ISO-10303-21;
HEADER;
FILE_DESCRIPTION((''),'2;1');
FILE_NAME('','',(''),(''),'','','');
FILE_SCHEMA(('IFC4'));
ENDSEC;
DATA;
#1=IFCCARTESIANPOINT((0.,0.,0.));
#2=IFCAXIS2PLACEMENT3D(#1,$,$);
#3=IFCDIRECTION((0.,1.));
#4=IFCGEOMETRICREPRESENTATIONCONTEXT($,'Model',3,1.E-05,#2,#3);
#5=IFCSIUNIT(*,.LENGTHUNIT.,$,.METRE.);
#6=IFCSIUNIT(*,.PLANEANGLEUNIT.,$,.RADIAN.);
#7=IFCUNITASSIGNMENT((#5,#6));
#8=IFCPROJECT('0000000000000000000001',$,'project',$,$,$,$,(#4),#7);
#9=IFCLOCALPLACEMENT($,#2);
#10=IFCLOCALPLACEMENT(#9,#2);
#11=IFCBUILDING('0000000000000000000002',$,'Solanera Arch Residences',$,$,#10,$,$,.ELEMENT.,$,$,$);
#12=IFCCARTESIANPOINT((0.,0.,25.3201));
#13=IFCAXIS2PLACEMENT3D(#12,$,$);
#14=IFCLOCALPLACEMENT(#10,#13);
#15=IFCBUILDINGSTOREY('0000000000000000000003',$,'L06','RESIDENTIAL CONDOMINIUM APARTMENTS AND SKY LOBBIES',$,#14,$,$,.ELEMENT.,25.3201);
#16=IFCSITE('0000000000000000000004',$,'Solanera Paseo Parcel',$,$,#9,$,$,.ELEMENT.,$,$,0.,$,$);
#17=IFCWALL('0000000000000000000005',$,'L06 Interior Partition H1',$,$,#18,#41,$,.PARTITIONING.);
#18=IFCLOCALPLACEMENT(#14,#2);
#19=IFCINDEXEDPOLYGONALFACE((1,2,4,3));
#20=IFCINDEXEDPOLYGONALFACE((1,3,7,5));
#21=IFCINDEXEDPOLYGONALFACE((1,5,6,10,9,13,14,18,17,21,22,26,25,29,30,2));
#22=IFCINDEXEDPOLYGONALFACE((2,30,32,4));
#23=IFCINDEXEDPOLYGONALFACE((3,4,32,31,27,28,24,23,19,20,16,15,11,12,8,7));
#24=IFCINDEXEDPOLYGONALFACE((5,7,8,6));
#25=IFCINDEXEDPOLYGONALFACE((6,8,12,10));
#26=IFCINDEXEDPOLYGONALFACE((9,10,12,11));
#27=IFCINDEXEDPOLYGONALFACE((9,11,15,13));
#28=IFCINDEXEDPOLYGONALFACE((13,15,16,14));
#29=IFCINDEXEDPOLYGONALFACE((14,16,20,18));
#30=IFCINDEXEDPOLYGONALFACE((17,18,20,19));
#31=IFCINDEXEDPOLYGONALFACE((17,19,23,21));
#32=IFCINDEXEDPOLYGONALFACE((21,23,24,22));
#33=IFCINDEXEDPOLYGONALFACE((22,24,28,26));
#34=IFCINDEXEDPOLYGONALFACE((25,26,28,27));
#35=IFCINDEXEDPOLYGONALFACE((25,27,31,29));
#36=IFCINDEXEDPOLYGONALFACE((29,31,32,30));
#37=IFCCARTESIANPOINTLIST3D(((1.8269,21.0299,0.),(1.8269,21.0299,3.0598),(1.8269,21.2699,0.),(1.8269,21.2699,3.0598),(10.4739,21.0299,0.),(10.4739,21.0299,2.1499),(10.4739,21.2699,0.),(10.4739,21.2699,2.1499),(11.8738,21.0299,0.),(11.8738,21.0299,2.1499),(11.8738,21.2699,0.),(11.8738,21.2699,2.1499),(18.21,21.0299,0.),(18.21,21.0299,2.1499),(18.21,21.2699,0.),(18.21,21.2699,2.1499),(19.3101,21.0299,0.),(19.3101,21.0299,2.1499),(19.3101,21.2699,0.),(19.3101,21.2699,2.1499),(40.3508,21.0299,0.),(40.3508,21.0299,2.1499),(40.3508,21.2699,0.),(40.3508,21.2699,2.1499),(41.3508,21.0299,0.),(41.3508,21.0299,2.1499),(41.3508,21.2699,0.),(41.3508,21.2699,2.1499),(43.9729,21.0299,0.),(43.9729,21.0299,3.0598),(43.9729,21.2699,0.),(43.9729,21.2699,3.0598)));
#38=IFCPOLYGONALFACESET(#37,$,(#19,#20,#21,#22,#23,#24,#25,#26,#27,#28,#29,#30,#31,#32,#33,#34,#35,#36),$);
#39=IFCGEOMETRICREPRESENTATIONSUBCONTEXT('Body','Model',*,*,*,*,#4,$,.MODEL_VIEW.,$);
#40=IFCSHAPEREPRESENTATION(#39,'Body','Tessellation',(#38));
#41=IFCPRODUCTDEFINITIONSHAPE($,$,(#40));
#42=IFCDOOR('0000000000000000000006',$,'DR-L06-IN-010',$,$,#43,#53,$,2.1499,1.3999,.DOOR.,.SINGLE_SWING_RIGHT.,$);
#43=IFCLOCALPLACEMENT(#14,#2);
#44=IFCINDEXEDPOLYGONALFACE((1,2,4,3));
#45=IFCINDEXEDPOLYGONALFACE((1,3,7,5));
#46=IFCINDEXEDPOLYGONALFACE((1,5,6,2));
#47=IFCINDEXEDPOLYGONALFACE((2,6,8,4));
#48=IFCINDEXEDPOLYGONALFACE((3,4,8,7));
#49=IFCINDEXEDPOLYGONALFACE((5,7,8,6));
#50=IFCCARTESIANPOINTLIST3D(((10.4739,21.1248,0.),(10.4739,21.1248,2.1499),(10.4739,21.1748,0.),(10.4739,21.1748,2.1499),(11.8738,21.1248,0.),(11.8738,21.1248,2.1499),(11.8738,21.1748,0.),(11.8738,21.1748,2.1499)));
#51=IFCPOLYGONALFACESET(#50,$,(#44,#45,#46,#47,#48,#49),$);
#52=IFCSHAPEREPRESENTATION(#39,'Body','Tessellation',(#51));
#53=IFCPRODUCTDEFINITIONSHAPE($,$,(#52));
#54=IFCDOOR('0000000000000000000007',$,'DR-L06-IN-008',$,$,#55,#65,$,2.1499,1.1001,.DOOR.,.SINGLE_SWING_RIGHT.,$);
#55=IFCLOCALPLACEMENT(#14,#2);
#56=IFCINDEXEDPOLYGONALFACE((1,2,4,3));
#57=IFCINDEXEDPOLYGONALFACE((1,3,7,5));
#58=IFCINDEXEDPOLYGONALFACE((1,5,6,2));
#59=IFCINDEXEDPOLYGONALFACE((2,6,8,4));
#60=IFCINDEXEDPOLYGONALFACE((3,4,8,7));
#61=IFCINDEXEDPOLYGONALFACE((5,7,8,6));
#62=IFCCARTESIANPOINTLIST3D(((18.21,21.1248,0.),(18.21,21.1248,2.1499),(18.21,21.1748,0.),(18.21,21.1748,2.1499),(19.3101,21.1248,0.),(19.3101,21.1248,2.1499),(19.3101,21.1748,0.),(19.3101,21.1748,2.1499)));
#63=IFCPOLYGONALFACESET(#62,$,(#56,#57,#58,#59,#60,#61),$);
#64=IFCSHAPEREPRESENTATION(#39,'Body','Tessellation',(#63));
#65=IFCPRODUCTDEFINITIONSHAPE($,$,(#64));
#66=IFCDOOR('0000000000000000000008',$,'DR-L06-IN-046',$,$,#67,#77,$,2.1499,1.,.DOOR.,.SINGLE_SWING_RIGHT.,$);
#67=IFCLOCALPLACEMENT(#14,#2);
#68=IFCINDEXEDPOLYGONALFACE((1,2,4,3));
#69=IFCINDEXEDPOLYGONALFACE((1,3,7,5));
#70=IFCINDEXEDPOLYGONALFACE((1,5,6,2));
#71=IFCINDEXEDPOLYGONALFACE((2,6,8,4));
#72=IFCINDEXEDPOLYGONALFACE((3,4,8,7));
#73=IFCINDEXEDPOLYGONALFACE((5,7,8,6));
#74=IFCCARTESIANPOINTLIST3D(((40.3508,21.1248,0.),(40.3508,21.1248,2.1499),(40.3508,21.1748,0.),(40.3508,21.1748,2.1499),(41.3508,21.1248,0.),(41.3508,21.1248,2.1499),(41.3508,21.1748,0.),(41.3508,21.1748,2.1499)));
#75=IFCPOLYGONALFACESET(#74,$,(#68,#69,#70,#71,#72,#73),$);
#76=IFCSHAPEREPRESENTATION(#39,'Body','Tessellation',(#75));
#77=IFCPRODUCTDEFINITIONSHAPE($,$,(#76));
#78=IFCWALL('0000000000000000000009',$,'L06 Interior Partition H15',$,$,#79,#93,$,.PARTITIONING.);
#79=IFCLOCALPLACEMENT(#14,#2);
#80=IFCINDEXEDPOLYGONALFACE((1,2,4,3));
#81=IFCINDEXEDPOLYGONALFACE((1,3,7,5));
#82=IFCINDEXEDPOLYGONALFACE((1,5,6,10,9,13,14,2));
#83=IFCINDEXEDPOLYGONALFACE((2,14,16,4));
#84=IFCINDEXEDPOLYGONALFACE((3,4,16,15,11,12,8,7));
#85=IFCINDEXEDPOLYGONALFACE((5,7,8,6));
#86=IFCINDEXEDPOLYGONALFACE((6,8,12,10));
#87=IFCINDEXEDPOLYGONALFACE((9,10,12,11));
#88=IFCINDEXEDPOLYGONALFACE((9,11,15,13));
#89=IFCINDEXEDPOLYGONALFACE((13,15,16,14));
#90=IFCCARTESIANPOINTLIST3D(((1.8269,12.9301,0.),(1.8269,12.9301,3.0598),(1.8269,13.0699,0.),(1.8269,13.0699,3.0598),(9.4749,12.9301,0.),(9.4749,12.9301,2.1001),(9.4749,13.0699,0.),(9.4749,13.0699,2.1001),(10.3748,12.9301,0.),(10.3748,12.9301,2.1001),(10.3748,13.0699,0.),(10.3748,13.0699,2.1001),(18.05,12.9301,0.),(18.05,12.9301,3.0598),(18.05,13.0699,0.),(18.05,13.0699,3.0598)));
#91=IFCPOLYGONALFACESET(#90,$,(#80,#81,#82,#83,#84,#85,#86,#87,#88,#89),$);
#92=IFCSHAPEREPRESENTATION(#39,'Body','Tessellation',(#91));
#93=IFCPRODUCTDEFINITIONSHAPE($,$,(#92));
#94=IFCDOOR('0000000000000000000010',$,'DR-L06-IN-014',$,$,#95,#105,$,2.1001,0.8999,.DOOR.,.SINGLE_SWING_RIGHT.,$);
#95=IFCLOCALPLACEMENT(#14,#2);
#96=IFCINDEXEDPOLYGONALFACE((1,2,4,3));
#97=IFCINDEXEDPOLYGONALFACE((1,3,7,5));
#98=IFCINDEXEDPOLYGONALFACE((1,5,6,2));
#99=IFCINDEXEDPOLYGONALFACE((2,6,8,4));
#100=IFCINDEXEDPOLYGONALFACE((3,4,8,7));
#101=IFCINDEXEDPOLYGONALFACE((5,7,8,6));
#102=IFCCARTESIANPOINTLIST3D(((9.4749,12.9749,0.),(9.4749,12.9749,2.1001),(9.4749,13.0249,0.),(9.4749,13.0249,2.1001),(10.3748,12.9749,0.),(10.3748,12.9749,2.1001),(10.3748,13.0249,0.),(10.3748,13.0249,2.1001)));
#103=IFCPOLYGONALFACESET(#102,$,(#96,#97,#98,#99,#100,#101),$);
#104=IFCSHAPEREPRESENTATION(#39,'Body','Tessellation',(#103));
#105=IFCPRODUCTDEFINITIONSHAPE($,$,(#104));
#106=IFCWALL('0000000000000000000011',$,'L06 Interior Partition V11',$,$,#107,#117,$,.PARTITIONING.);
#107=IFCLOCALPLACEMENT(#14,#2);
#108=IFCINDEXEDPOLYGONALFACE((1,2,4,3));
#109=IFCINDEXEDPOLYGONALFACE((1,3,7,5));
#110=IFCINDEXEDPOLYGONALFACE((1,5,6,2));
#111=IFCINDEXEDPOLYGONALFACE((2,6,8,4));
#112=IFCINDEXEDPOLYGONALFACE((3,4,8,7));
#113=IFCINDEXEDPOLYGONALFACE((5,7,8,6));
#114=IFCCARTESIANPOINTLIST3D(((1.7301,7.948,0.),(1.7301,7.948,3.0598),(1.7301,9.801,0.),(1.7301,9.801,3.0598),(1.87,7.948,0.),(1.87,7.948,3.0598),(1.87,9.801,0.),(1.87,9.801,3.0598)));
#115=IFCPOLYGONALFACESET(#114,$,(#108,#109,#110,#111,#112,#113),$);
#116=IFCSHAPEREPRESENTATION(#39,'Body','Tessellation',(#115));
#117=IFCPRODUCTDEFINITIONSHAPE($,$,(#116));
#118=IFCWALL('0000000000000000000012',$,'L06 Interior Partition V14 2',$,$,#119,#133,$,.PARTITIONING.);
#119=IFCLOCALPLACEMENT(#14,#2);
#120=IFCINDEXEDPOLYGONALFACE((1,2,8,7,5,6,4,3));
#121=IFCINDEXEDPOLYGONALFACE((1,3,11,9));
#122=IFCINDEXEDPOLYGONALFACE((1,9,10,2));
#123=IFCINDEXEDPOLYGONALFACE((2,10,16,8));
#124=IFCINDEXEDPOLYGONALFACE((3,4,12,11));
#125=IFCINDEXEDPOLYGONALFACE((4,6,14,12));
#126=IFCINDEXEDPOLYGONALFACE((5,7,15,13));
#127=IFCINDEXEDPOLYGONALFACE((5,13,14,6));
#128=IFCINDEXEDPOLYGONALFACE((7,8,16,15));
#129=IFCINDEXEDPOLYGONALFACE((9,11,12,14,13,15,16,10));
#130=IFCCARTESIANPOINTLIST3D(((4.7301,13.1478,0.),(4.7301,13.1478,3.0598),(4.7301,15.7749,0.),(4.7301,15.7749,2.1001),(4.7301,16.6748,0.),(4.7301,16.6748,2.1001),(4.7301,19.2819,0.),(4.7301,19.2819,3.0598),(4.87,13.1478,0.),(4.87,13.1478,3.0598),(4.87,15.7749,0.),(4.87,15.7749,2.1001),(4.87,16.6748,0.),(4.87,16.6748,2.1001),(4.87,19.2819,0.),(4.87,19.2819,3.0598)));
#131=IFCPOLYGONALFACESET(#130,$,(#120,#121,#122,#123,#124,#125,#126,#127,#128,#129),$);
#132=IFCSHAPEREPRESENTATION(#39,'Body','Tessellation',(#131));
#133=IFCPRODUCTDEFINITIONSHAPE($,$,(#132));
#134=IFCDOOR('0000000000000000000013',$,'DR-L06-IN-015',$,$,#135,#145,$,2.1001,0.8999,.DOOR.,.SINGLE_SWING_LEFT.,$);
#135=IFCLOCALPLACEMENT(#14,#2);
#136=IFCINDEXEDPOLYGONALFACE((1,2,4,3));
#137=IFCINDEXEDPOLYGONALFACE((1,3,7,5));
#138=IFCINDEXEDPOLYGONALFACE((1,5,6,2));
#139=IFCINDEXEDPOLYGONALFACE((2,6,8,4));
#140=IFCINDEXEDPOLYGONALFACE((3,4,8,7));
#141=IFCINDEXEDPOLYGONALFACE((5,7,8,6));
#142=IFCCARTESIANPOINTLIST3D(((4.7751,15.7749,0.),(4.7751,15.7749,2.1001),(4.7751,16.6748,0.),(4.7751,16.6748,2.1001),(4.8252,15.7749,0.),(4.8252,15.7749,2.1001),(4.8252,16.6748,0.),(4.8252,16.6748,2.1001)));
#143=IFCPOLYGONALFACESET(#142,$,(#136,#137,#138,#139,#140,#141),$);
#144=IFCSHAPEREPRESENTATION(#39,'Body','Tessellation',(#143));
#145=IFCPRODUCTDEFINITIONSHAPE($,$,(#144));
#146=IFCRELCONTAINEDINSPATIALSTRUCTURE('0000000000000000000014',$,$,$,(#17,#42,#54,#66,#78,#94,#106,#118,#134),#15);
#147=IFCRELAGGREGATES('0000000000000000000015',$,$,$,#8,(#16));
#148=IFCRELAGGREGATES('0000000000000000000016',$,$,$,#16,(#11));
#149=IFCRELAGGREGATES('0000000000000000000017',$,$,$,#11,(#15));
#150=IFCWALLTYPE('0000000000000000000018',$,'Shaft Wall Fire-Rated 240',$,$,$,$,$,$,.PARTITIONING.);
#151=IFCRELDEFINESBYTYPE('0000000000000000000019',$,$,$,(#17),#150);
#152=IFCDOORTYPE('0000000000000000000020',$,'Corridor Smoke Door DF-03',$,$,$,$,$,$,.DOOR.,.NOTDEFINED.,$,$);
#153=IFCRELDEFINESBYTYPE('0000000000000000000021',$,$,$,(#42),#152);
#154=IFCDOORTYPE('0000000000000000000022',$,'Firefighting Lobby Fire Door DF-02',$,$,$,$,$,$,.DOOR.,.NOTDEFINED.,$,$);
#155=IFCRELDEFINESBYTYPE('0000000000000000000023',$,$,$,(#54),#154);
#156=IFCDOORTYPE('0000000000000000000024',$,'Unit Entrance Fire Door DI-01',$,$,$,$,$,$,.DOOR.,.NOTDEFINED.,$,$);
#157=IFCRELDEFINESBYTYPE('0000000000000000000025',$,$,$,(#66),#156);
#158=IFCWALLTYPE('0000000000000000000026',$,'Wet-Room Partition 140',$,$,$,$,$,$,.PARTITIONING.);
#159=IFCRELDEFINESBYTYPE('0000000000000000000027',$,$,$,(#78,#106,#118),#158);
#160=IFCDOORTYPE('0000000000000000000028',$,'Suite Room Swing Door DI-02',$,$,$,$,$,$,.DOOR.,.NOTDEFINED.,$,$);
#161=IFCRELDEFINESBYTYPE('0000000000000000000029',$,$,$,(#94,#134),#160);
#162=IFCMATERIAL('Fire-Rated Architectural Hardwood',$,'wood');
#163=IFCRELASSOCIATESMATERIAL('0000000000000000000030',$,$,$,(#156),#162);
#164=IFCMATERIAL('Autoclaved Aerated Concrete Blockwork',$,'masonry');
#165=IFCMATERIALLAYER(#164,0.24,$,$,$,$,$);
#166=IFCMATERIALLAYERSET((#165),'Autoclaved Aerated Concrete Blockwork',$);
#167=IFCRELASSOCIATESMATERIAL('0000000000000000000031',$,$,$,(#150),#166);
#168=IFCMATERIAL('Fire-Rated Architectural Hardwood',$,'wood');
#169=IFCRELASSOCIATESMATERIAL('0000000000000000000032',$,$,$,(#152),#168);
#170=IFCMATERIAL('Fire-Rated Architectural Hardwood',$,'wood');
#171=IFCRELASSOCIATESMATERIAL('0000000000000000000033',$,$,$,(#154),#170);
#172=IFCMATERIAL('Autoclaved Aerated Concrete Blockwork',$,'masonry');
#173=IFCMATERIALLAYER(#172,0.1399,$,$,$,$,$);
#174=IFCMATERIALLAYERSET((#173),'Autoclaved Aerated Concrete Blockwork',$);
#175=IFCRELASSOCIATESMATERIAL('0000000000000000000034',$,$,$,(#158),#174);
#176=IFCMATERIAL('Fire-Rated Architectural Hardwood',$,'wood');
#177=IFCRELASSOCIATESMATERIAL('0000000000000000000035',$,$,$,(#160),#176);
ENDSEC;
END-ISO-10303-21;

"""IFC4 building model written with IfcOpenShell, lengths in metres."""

from ifc_helpers import new_model, si_unit, direction, frame, frame_2d, origin, place, context, subcontext, project, spatial, rectangle, extrude, material, layer, layer_set, type_object, element, fill, save


model = new_model("IFC4")

# Units and contexts
model_context = context("Model", 3, precision=1e-05, world=origin(), true_north=direction((0.0, 1.0)))
body_context = subcontext(model_context, "Body", "Model", "MODEL_VIEW")
ifc_project = project(units=[si_unit("LENGTHUNIT", "METRE"), si_unit("PLANEANGLEUNIT", "RADIAN")], contexts=[model_context])

# Site, building, storey
site_placement = place(None, origin())
site = spatial("IfcSite", under=ifc_project, at=site_placement, Name="Solanera Paseo Parcel", CompositionType="ELEMENT", RefElevation=0.0)
building_placement = place(site_placement, origin())
building = spatial("IfcBuilding", under=site, at=building_placement, Name="Solanera Arch Residences", CompositionType="ELEMENT")
storey_placement = place(building_placement, frame((0.0, 0.0, 25.3201)))
storey = spatial("IfcBuildingStorey", under=building, at=storey_placement, Name="L06", Description="RESIDENTIAL CONDOMINIUM APARTMENTS AND SKY LOBBIES", CompositionType="ELEMENT", Elevation=25.3201)

# Shared definitions
ifc_material_1 = material(Name="Fire-Rated Architectural Hardwood", Category="wood")
door_type_1 = type_object("IfcDoorType", Name="Unit Entrance Fire Door DI-01", OperationType="NOTDEFINED", PredefinedType="DOOR", material=ifc_material_1)

# Wall, openings, doors
ifc_material_2 = material(Name="Autoclaved Aerated Concrete Blockwork", Category="masonry")
ifc_layer_1 = layer(ifc_material_2, 0.24)
ifc_layer_set_1 = layer_set([ifc_layer_1], Name="Autoclaved Aerated Concrete Blockwork")
wall_type_1 = type_object("IfcWallType", Name="Shaft Wall Fire-Rated 240", PredefinedType="PARTITIONING", material=ifc_layer_set_1)
wall_1_placement = place(storey_placement, frame((1.8269, 21.1499, 0.0), z_axis=(0.0, 0.0, 1.0), x_axis=(1.0, 0.0, 0.0)))
wall_1 = element("IfcWall", 1, at=wall_1_placement, inside=storey, type_object=wall_type_1, Name="L06 Interior Partition H1", PredefinedType="PARTITIONING", context=body_context, shape_type="SweptSolid", body=[
    extrude(rectangle(XDim=42.146, YDim=0.24, at=frame_2d((21.073, 0.0))), origin(), (0.0, 0.0, 1.0), 3.0598),
])
opening_1_placement = place(wall_1_placement, frame((16.3831, 0.0, 0.0)))
opening_1 = element("IfcOpeningElement", 2, at=opening_1_placement, cuts=wall_1, PredefinedType="OPENING", context=body_context, shape_type="SweptSolid", body=[
    extrude(rectangle(XDim=1.1001, YDim=2.1499, at=frame_2d((0.55, 1.075))), frame((0.0, 0.1299, 0.0), z_axis=(0.0, -1.0, 0.0), x_axis=(1.0, 0.0, 0.0)), (0.0, 0.0, 1.0), 0.26),
])
opening_2_placement = place(wall_1_placement, frame((8.647, 0.0, 0.0)))
opening_2 = element("IfcOpeningElement", 3, at=opening_2_placement, cuts=wall_1, PredefinedType="OPENING", context=body_context, shape_type="SweptSolid", body=[
    extrude(rectangle(XDim=1.3999, YDim=2.1499, at=frame_2d((0.7, 1.075))), frame((0.0, 0.1299, 0.0), z_axis=(0.0, -1.0, 0.0), x_axis=(1.0, 0.0, 0.0)), (0.0, 0.0, 1.0), 0.26),
])
opening_3_placement = place(wall_1_placement, frame((38.5239, 0.0, 0.0)))
opening_3 = element("IfcOpeningElement", 4, at=opening_3_placement, cuts=wall_1, PredefinedType="OPENING", context=body_context, shape_type="SweptSolid", body=[
    extrude(rectangle(XDim=1.0, YDim=2.1499, at=frame_2d((0.5, 1.075))), frame((0.0, 0.1299, 0.0), z_axis=(0.0, -1.0, 0.0), x_axis=(1.0, 0.0, 0.0)), (0.0, 0.0, 1.0), 0.26),
])
ifc_material_3 = material(Name="Fire-Rated Architectural Hardwood", Category="wood")
door_type_2 = type_object("IfcDoorType", Name="Corridor Smoke Door DF-03", OperationType="NOTDEFINED", PredefinedType="DOOR", material=ifc_material_3)
door_1_placement = place(opening_2_placement, origin())
door_1 = element("IfcDoor", 5, at=door_1_placement, inside=storey, type_object=door_type_2, Name="DR-L06-IN-010", OperationType="SINGLE_SWING_RIGHT", OverallHeight=2.1499, OverallWidth=1.3999, PredefinedType="DOOR", context=body_context, shape_type="SweptSolid", body=[
    extrude(rectangle(XDim=1.3999, YDim=2.1499, at=frame_2d((0.7, 1.075))), frame((0.0, 0.0249, 0.0), z_axis=(0.0, -1.0, 0.0), x_axis=(1.0, 0.0, 0.0)), (0.0, 0.0, 1.0), 0.05),
])
fill(opening_2, door_1)
ifc_material_4 = material(Name="Fire-Rated Architectural Hardwood", Category="wood")
door_type_3 = type_object("IfcDoorType", Name="Firefighting Lobby Fire Door DF-02", OperationType="NOTDEFINED", PredefinedType="DOOR", material=ifc_material_4)
door_2_placement = place(opening_1_placement, origin())
door_2 = element("IfcDoor", 6, at=door_2_placement, inside=storey, type_object=door_type_3, Name="DR-L06-IN-008", OperationType="SINGLE_SWING_RIGHT", OverallHeight=2.1499, OverallWidth=1.1001, PredefinedType="DOOR", context=body_context, shape_type="SweptSolid", body=[
    extrude(rectangle(XDim=1.1001, YDim=2.1499, at=frame_2d((0.55, 1.075))), frame((0.0, 0.0249, 0.0), z_axis=(0.0, -1.0, 0.0), x_axis=(1.0, 0.0, 0.0)), (0.0, 0.0, 1.0), 0.05),
])
fill(opening_1, door_2)
door_3_placement = place(opening_3_placement, origin())
door_3 = element("IfcDoor", 7, at=door_3_placement, inside=storey, type_object=door_type_1, Name="DR-L06-IN-046", OperationType="SINGLE_SWING_RIGHT", OverallHeight=2.1499, OverallWidth=1.0, PredefinedType="DOOR", context=body_context, shape_type="SweptSolid", body=[
    extrude(rectangle(XDim=1.0, YDim=2.1499, at=frame_2d((0.5, 1.075))), frame((0.0, 0.0249, 0.0), z_axis=(0.0, -1.0, 0.0), x_axis=(1.0, 0.0, 0.0)), (0.0, 0.0, 1.0), 0.05),
])
fill(opening_3, door_3)

# Wall, opening, door
ifc_material_5 = material(Name="Autoclaved Aerated Concrete Blockwork", Category="masonry")
ifc_layer_2 = layer(ifc_material_5, 0.1399)
ifc_layer_set_2 = layer_set([ifc_layer_2], Name="Autoclaved Aerated Concrete Blockwork")
wall_type_2 = type_object("IfcWallType", Name="Wet-Room Partition 140", PredefinedType="PARTITIONING", material=ifc_layer_set_2)
wall_2_placement = place(storey_placement, frame((1.8269, 13.0, 0.0), z_axis=(0.0, 0.0, 1.0), x_axis=(1.0, 0.0, 0.0)))
wall_2 = element("IfcWall", 8, at=wall_2_placement, inside=storey, type_object=wall_type_2, Name="L06 Interior Partition H15", PredefinedType="PARTITIONING", context=body_context, shape_type="SweptSolid", body=[
    extrude(rectangle(XDim=16.2231, YDim=0.1399, at=frame_2d((8.1116, 0.0))), origin(), (0.0, 0.0, 1.0), 3.0598),
])
opening_4_placement = place(wall_2_placement, frame((7.6479, 0.0, 0.0)))
opening_4 = element("IfcOpeningElement", 9, at=opening_4_placement, cuts=wall_2, PredefinedType="OPENING", context=body_context, shape_type="SweptSolid", body=[
    extrude(rectangle(XDim=0.8999, YDim=2.1001, at=frame_2d((0.45, 1.05))), frame((0.0, 0.0798, 0.0), z_axis=(0.0, -1.0, 0.0), x_axis=(1.0, 0.0, 0.0)), (0.0, 0.0, 1.0), 0.1599),
])
ifc_material_6 = material(Name="Fire-Rated Architectural Hardwood", Category="wood")
door_type_4 = type_object("IfcDoorType", Name="Suite Room Swing Door DI-02", OperationType="NOTDEFINED", PredefinedType="DOOR", material=ifc_material_6)
door_4_placement = place(opening_4_placement, origin())
door_4 = element("IfcDoor", 10, at=door_4_placement, inside=storey, type_object=door_type_4, Name="DR-L06-IN-014", OperationType="SINGLE_SWING_RIGHT", OverallHeight=2.1001, OverallWidth=0.8999, PredefinedType="DOOR", context=body_context, shape_type="SweptSolid", body=[
    extrude(rectangle(XDim=0.8999, YDim=2.1001, at=frame_2d((0.45, 1.05))), frame((0.0, 0.0249, 0.0), z_axis=(0.0, -1.0, 0.0), x_axis=(1.0, 0.0, 0.0)), (0.0, 0.0, 1.0), 0.05),
])
fill(opening_4, door_4)

# Wall
wall_3_placement = place(storey_placement, frame((1.8, 7.948, 0.0), z_axis=(0.0, 0.0, 1.0), x_axis=(0.0, 1.0, 0.0)))
element("IfcWall", 11, at=wall_3_placement, inside=storey, type_object=wall_type_2, Name="L06 Interior Partition V11", PredefinedType="PARTITIONING", context=body_context, shape_type="SweptSolid", body=[
    extrude(rectangle(XDim=1.853, YDim=0.1399, at=frame_2d((0.9265, 0.0))), origin(), (0.0, 0.0, 1.0), 3.0598),
])

# Wall, opening, door
wall_4_placement = place(storey_placement, frame((4.8, 13.1479, 0.0), z_axis=(0.0, 0.0, 1.0), x_axis=(0.0, 1.0, 0.0)))
wall_4 = element("IfcWall", 12, at=wall_4_placement, inside=storey, type_object=wall_type_2, Name="L06 Interior Partition V14 2", PredefinedType="PARTITIONING", context=body_context, shape_type="SweptSolid", body=[
    extrude(rectangle(XDim=6.134, YDim=0.1399, at=frame_2d((3.0669, 0.0))), origin(), (0.0, 0.0, 1.0), 3.0598),
])
opening_5_placement = place(wall_4_placement, frame((2.627, 0.0, 0.0)))
opening_5 = element("IfcOpeningElement", 13, at=opening_5_placement, cuts=wall_4, PredefinedType="OPENING", context=body_context, shape_type="SweptSolid", body=[
    extrude(rectangle(XDim=0.8999, YDim=2.1001, at=frame_2d((0.45, 1.05))), frame((0.0, 0.0798, 0.0), z_axis=(0.0, -1.0, 0.0), x_axis=(1.0, 0.0, 0.0)), (0.0, 0.0, 1.0), 0.1599),
])
door_5_placement = place(opening_5_placement, origin())
door_5 = element("IfcDoor", 14, at=door_5_placement, inside=storey, type_object=door_type_4, Name="DR-L06-IN-015", OperationType="SINGLE_SWING_LEFT", OverallHeight=2.1001, OverallWidth=0.8999, PredefinedType="DOOR", context=body_context, shape_type="SweptSolid", body=[
    extrude(rectangle(XDim=0.8999, YDim=2.1001, at=frame_2d((0.45, 1.05))), frame((0.0, 0.0249, 0.0), z_axis=(0.0, -1.0, 0.0), x_axis=(1.0, 0.0, 0.0)), (0.0, 0.0, 1.0), 0.05),
])
fill(opening_5, door_5)

save(model, "model.ifc")
